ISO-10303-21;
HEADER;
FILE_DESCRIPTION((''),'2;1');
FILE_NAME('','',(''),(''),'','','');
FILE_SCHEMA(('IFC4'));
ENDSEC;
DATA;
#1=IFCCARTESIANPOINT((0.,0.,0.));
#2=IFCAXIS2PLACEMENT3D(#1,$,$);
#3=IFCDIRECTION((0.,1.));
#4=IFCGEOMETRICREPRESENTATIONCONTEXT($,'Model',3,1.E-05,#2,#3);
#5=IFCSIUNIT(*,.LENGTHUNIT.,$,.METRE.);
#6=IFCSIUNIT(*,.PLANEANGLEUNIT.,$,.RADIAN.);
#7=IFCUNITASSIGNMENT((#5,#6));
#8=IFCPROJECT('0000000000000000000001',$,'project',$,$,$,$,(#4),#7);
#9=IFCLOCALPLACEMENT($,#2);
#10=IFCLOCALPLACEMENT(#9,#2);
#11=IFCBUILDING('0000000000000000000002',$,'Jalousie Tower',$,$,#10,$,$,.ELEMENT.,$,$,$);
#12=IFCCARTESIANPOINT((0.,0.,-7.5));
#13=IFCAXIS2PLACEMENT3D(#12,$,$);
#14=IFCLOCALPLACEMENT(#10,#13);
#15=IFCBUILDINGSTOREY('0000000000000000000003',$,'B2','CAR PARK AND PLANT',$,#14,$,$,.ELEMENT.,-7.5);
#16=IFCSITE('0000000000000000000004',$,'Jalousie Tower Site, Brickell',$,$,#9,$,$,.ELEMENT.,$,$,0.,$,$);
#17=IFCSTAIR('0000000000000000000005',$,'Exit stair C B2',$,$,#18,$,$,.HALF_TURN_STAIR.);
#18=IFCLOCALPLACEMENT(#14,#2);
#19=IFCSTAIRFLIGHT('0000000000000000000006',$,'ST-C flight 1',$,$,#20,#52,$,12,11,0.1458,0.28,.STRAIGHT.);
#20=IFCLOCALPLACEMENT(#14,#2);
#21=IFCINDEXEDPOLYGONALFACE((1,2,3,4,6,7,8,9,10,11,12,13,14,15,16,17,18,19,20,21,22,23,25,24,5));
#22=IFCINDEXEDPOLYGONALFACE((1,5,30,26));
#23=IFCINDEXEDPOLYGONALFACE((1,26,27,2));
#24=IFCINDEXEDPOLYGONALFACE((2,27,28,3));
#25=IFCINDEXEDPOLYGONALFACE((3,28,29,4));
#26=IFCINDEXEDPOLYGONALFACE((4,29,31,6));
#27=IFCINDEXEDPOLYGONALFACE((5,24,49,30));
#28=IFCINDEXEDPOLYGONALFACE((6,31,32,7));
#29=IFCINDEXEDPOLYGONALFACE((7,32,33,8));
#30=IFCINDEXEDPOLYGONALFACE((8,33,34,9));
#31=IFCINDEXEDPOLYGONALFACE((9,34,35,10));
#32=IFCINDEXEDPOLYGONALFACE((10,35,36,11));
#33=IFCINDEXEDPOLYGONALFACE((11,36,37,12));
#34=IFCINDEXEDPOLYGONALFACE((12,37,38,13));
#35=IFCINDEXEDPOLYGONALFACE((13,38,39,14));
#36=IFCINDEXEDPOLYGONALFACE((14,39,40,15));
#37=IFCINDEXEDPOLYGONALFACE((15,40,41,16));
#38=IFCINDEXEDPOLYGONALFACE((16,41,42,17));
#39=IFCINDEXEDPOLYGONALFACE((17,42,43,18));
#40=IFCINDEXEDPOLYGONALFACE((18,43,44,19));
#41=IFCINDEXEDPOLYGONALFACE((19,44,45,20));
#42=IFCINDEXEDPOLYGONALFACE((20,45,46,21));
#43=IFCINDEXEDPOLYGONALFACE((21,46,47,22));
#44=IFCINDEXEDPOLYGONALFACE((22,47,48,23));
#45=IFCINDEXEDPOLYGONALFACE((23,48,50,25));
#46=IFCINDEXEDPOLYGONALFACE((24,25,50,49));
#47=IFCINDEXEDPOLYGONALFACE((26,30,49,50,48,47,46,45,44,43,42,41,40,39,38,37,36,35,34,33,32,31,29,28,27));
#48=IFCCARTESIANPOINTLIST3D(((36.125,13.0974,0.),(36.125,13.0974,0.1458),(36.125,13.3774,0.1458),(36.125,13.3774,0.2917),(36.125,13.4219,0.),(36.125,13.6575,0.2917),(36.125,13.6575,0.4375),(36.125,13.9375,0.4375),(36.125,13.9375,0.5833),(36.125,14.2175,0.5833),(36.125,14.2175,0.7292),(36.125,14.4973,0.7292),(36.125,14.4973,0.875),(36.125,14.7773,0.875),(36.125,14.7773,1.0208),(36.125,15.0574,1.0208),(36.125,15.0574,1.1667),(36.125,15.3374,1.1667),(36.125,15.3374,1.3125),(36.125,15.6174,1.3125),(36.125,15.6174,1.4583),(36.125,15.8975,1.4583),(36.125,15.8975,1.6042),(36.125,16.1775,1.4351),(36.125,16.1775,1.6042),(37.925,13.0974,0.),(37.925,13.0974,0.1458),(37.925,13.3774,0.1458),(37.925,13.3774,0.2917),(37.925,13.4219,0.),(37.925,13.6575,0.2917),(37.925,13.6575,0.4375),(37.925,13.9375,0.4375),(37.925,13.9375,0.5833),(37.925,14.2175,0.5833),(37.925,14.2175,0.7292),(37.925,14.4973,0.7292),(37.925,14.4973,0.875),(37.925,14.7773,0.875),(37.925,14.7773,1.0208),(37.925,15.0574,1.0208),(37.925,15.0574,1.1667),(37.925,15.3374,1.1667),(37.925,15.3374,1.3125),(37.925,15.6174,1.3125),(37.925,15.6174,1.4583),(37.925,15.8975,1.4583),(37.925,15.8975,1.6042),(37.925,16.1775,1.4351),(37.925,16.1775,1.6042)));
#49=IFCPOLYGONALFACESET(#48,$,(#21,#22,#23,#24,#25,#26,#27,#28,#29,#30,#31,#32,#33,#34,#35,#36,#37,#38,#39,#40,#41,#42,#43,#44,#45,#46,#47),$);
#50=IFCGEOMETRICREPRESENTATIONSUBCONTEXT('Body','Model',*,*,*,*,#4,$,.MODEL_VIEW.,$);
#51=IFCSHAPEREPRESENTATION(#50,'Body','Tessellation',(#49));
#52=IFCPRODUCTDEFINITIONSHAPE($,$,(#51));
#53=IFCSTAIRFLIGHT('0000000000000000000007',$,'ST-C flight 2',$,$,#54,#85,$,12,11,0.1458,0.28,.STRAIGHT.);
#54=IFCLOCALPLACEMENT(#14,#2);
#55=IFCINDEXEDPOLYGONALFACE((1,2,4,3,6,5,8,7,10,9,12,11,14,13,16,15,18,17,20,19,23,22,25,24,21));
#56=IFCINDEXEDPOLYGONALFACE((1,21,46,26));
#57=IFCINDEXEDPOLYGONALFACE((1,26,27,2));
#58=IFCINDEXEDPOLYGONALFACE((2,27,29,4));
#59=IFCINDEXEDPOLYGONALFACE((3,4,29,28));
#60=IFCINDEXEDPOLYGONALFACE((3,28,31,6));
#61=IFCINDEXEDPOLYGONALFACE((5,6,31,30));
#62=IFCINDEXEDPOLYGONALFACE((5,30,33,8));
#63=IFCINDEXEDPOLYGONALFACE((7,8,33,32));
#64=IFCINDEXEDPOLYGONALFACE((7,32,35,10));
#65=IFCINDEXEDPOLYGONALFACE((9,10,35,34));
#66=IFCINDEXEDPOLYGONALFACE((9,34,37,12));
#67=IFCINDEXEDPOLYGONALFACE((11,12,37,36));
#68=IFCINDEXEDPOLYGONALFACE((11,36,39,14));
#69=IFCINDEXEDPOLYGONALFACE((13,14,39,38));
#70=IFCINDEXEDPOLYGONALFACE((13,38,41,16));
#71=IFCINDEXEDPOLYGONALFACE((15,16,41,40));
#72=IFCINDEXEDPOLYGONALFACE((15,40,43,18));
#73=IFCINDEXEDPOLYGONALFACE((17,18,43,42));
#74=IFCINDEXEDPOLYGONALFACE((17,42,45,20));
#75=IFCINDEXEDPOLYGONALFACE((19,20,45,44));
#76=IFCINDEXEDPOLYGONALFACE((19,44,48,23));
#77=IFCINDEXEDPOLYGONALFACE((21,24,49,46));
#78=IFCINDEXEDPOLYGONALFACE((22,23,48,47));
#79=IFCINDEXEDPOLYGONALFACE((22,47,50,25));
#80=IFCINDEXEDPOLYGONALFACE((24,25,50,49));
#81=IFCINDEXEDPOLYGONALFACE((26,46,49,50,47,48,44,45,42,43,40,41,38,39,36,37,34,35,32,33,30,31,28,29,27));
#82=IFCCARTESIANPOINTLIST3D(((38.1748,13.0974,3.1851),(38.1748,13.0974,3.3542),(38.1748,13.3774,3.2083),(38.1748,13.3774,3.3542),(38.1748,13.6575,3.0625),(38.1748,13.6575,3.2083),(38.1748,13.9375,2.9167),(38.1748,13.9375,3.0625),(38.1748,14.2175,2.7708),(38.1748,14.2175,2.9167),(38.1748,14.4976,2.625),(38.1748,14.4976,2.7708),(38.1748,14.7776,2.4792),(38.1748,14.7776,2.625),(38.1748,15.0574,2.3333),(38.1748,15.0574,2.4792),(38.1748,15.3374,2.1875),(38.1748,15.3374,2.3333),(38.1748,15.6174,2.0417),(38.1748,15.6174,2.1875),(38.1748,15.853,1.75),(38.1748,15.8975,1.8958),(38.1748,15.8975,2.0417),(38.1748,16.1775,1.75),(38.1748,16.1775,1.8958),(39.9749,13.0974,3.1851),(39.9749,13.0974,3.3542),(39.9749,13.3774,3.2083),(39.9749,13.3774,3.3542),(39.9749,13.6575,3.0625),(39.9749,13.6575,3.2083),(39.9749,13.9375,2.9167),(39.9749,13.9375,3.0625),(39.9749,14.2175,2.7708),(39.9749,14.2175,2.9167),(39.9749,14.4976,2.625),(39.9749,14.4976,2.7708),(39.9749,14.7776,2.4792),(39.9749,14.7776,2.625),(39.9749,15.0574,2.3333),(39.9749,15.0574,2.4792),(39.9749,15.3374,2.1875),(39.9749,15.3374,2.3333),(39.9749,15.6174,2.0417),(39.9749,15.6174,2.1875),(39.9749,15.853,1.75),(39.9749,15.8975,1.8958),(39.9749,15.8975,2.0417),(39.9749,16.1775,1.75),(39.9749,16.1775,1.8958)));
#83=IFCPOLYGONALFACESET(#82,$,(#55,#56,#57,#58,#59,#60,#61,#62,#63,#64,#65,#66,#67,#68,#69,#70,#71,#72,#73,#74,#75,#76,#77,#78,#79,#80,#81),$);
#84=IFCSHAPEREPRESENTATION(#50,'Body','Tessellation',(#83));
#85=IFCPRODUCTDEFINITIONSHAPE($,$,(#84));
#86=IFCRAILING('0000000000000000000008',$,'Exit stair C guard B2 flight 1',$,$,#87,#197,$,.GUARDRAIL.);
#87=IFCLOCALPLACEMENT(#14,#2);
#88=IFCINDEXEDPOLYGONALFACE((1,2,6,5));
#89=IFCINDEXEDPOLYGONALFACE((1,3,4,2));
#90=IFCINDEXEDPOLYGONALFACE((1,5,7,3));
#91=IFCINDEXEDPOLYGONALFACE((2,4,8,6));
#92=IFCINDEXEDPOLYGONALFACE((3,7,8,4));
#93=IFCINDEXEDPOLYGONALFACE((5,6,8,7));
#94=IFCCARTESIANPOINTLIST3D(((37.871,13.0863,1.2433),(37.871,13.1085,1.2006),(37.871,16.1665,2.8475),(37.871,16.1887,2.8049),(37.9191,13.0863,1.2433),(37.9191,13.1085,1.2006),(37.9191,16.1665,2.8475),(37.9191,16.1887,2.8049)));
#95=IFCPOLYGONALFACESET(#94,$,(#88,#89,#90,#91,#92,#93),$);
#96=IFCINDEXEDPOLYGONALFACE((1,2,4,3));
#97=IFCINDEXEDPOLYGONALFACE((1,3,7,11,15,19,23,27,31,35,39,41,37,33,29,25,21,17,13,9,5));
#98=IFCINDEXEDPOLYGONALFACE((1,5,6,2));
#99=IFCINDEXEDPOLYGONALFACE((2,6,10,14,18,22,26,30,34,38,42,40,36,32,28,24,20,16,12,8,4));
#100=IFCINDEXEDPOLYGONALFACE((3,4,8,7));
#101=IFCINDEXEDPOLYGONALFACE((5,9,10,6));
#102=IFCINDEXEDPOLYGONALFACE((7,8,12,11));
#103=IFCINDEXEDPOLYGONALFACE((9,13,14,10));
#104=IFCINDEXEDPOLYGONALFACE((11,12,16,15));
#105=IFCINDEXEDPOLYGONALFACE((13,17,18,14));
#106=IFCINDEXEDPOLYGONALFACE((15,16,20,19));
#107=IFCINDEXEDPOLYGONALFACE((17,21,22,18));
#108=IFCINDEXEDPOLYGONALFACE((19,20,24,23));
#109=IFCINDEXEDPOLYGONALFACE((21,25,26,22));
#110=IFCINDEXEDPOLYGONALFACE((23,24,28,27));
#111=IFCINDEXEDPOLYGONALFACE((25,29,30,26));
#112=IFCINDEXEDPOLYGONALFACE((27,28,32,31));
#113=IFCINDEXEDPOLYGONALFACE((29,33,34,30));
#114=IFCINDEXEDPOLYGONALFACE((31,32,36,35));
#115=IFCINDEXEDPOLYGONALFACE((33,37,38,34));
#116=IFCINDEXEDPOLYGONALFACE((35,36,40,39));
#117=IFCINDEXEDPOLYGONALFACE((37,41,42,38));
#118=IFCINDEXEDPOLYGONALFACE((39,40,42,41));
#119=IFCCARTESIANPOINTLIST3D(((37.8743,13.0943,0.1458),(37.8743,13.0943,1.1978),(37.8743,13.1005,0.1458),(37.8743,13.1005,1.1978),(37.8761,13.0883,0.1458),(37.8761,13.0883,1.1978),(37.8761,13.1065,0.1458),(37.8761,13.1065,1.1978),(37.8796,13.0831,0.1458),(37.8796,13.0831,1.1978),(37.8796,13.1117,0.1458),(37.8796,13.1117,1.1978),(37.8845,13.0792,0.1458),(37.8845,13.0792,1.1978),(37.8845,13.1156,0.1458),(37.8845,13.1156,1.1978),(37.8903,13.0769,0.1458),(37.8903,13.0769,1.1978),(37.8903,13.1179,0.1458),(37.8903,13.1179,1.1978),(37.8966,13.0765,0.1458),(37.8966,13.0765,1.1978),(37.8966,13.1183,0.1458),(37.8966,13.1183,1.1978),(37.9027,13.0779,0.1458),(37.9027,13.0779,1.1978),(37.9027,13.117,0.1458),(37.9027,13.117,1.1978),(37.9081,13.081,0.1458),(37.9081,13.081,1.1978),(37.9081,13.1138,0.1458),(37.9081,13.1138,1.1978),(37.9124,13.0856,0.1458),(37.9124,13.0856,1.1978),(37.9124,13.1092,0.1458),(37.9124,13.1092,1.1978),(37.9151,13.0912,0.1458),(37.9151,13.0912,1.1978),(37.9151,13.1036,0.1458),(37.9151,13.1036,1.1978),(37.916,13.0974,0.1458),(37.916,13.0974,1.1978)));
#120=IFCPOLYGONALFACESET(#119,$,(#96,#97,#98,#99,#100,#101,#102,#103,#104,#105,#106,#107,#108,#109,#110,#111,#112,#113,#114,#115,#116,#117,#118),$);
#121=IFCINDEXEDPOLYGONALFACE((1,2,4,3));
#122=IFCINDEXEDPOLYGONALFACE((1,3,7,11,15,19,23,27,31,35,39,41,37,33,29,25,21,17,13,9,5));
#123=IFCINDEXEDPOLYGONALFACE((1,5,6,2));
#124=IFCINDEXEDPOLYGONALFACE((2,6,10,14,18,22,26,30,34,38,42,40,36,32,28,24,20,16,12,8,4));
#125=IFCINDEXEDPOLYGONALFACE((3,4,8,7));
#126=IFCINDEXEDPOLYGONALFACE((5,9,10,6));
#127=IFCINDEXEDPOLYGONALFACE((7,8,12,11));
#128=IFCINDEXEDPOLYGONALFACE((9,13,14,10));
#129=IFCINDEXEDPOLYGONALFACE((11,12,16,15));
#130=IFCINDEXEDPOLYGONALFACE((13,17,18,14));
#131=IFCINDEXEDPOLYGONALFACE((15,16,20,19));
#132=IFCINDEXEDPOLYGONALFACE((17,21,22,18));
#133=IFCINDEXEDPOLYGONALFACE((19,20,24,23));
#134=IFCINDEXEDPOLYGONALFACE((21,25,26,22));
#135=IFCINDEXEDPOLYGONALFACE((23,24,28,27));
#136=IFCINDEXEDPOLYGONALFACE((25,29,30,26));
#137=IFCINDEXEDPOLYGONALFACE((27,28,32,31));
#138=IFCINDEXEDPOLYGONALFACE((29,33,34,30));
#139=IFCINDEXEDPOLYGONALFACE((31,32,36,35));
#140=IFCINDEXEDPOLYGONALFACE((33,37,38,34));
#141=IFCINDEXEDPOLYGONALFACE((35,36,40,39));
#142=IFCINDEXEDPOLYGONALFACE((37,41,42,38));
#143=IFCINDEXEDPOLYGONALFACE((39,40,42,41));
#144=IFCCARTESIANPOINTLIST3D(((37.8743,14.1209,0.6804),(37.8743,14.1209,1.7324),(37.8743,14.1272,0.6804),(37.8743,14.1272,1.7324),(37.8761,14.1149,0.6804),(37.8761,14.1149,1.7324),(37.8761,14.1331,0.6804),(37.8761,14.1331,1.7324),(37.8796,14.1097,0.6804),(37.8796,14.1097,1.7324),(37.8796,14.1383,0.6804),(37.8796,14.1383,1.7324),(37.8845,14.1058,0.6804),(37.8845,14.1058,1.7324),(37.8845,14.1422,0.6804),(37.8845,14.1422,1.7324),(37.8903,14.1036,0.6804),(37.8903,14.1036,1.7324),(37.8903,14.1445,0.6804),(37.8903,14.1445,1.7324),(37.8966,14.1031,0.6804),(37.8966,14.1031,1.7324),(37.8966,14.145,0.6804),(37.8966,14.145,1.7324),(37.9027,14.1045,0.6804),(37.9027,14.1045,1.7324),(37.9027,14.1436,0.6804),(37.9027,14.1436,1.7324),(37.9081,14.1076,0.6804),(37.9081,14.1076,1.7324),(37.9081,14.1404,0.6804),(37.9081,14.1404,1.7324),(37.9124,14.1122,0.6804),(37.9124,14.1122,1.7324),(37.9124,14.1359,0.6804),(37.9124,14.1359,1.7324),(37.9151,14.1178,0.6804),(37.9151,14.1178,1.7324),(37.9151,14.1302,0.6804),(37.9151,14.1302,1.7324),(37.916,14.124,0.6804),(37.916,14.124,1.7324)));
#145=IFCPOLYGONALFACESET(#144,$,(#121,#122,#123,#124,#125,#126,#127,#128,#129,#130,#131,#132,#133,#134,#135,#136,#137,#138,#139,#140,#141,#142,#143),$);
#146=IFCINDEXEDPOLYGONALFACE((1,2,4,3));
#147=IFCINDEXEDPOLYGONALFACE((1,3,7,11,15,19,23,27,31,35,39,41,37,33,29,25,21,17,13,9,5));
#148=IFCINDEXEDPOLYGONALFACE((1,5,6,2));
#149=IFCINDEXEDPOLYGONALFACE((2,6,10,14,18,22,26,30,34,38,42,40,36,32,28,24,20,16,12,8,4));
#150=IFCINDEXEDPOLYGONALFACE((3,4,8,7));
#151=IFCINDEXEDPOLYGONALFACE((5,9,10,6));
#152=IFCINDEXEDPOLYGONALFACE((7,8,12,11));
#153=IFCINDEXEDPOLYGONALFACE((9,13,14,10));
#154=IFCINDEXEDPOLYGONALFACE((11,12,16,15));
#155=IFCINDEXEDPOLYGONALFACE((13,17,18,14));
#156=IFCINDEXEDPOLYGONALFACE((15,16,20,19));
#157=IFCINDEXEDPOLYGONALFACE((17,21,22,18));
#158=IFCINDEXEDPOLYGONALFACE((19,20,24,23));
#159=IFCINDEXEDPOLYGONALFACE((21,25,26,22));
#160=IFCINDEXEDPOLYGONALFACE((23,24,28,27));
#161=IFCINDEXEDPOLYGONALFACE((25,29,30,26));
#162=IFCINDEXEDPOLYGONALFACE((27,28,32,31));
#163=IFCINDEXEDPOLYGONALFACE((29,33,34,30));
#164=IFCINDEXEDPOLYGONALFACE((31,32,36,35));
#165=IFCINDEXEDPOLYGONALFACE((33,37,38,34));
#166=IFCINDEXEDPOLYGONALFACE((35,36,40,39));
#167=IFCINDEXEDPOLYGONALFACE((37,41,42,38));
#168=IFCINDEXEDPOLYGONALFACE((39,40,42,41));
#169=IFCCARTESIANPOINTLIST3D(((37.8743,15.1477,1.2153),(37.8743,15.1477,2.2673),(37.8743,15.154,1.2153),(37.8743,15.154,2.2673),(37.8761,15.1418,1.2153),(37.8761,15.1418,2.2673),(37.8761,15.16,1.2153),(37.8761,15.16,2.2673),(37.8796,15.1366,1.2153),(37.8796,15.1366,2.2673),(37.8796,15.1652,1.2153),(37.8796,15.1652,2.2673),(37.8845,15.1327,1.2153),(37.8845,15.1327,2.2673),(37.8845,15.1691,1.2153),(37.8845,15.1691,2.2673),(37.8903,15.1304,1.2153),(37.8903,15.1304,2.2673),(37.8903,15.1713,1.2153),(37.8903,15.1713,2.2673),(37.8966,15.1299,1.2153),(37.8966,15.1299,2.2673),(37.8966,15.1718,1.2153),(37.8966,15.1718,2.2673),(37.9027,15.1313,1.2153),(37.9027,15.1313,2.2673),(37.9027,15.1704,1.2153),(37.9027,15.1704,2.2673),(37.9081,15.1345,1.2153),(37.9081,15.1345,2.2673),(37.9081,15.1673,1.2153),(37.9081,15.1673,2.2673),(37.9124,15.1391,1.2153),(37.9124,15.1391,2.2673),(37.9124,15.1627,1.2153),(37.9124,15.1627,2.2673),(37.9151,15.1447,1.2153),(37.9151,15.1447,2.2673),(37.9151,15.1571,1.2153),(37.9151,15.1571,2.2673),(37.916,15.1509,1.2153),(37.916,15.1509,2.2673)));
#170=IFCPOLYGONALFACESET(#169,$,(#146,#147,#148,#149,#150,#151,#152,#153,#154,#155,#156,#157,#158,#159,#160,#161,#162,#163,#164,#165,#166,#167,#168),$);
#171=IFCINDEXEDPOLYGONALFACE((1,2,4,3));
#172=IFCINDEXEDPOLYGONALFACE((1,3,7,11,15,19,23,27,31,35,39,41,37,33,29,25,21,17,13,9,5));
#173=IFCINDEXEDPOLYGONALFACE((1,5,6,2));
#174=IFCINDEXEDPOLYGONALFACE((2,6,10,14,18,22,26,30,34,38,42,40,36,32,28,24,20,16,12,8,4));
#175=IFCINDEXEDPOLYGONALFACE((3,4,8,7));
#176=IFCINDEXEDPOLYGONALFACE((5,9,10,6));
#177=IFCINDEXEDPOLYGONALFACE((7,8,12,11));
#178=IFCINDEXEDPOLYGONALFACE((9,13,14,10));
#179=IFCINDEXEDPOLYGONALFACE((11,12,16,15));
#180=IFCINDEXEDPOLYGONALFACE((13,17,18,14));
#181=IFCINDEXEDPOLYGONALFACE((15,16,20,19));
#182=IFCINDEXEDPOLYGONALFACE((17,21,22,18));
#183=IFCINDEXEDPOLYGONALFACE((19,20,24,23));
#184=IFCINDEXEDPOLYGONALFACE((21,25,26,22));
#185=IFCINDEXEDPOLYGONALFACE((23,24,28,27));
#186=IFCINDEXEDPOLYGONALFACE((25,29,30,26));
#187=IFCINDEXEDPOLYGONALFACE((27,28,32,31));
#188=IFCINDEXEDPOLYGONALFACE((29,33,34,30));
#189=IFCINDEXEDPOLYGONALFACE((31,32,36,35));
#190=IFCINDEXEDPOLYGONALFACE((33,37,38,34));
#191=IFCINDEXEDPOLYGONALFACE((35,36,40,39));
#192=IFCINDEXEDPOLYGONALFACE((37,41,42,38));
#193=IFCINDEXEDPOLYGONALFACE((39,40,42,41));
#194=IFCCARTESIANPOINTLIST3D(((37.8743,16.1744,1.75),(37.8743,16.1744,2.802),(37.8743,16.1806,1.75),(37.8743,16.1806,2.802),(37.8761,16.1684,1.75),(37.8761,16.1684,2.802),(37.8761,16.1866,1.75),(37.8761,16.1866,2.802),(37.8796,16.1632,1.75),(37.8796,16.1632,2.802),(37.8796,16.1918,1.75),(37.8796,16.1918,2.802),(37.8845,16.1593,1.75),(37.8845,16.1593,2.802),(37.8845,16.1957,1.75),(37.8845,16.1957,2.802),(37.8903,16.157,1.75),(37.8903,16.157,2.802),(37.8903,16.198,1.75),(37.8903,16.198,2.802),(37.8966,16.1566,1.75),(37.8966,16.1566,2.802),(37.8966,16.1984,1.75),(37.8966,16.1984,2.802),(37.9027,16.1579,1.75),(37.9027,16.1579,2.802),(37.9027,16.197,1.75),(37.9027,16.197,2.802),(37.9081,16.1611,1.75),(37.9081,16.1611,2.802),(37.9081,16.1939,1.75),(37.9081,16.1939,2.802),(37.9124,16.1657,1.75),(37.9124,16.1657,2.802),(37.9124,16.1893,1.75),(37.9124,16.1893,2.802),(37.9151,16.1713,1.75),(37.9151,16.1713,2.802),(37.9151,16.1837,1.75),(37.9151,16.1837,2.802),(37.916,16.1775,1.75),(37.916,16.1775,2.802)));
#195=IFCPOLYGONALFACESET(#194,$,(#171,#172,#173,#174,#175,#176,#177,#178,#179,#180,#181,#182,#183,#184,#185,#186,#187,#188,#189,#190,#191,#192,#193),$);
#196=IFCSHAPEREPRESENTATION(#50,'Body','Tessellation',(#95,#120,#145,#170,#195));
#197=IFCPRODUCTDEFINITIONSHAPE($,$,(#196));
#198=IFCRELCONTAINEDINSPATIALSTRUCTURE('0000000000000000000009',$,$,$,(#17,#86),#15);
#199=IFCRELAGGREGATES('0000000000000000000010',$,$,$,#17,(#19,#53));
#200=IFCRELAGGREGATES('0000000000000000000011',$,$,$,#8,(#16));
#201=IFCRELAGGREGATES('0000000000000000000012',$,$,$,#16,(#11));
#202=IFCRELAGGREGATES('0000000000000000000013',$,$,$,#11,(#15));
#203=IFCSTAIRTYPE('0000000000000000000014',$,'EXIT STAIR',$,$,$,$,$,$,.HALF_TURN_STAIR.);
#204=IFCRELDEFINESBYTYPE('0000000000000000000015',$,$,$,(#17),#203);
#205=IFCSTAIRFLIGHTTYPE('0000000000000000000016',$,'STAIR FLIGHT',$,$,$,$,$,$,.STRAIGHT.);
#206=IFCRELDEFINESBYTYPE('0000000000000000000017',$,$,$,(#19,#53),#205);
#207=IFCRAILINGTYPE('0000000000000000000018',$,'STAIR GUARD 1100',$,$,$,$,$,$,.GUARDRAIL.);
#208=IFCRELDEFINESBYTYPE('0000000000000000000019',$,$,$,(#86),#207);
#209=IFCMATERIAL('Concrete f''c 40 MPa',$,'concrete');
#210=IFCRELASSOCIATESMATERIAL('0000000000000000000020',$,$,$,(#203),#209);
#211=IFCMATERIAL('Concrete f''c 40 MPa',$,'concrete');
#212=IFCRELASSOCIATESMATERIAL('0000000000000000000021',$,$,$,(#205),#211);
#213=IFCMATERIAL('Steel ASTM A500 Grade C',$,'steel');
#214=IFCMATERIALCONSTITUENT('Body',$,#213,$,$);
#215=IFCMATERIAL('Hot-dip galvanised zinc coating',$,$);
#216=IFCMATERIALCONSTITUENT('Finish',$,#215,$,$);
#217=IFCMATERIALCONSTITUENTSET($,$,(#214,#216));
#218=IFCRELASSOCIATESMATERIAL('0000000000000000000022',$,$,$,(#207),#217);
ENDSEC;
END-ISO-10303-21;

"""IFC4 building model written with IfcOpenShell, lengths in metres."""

from ifc_helpers import new_model, si_unit, direction, frame, origin, origin_2d, place, context, subcontext, project, spatial, polyline, rectangle, circle, outline, extrude, material, constituent, constituent_set, type_object, element, aggregate, save


model = new_model("IFC4")

# Units and contexts
model_context = context("Model", 3, precision=1e-05, world=origin(), true_north=direction((0.0, 1.0)))
body_context = subcontext(model_context, "Body", "Model", "MODEL_VIEW")
ifc_project = project(units=[si_unit("LENGTHUNIT", "METRE"), si_unit("PLANEANGLEUNIT", "RADIAN")], contexts=[model_context])

# Site, building, storey
site_placement = place(None, origin())
site = spatial("IfcSite", under=ifc_project, at=site_placement, Name="Jalousie Tower Site, Brickell", CompositionType="ELEMENT", RefElevation=0.0)
building_placement = place(site_placement, origin())
building = spatial("IfcBuilding", under=site, at=building_placement, Name="Jalousie Tower", CompositionType="ELEMENT")
storey_placement = place(building_placement, frame((0.0, 0.0, -7.5)))
storey = spatial("IfcBuildingStorey", under=building, at=storey_placement, Name="B2", Description="CAR PARK AND PLANT", CompositionType="ELEMENT", Elevation=-7.5)

# Stair, stair flights
ifc_material_1 = material(Name="Concrete f'c 40 MPa", Category="concrete")
stair_type = type_object("IfcStairType", Name="EXIT STAIR", PredefinedType="HALF_TURN_STAIR", material=ifc_material_1)
stair_placement = place(storey_placement, origin())
stair = element("IfcStair", 1, at=stair_placement, inside=storey, type_object=stair_type, Name="Exit stair C B2", PredefinedType="HALF_TURN_STAIR")
ifc_material_2 = material(Name="Concrete f'c 40 MPa", Category="concrete")
stair_flight_type = type_object("IfcStairFlightType", Name="STAIR FLIGHT", PredefinedType="STRAIGHT", material=ifc_material_2)
stair_flight_1_placement = place(storey_placement, frame((37.0249, 13.0974, 0.0), z_axis=(0.0, 0.0, 1.0), x_axis=(0.0, 1.0, 0.0)))
stair_flight_1 = element("IfcStairFlight", 2, at=stair_flight_1_placement, type_object=stair_flight_type, Name="ST-C flight 1", NumberOfRisers=12, NumberOfTreads=11, PredefinedType="STRAIGHT", RiserHeight=0.1458, TreadLength=0.28, context=body_context, shape_type="SweptSolid", body=[
    extrude(outline(polyline([(0.0, 0.0), (0.0, 0.1458), (0.28, 0.1458), (0.28, 0.2917), (0.5601, 0.2917), (0.5601, 0.4375), (0.8401, 0.4375), (0.8401, 0.5833), (1.1201, 0.5833), (1.1201, 0.7292), (1.3999, 0.7292), (1.3999, 0.875), (1.6799, 0.875), (1.6799, 1.0208), (1.96, 1.0208), (1.96, 1.1667), (2.24, 1.1667), (2.24, 1.3125), (2.52, 1.3125), (2.52, 1.4583), (2.8, 1.4583), (2.8, 1.6042), (3.0801, 1.6042), (3.0801, 1.75), (3.0801, 1.4351), (0.3245, 0.0), (0.0, 0.0)])), frame((0.0, 0.8999, 0.0), z_axis=(0.0, -1.0, 0.0), x_axis=(1.0, 0.0, 0.0)), (0.0, 0.0, 1.0), 1.8),
])
stair_flight_2_placement = place(storey_placement, frame((39.075, 16.1775, 1.75), z_axis=(0.0, 0.0, 1.0), x_axis=(0.0, -1.0, 0.0)))
stair_flight_2 = element("IfcStairFlight", 3, at=stair_flight_2_placement, type_object=stair_flight_type, Name="ST-C flight 2", NumberOfRisers=12, NumberOfTreads=11, PredefinedType="STRAIGHT", RiserHeight=0.1458, TreadLength=0.28, context=body_context, shape_type="SweptSolid", body=[
    extrude(outline(polyline([(0.0, 0.0), (0.0, 0.1458), (0.28, 0.1458), (0.28, 0.2917), (0.5601, 0.2917), (0.5601, 0.4375), (0.8401, 0.4375), (0.8401, 0.5833), (1.1201, 0.5833), (1.1201, 0.7292), (1.3999, 0.7292), (1.3999, 0.875), (1.6799, 0.875), (1.6799, 1.0208), (1.96, 1.0208), (1.96, 1.1667), (2.24, 1.1667), (2.24, 1.3125), (2.52, 1.3125), (2.52, 1.4583), (2.8, 1.4583), (2.8, 1.6042), (3.0801, 1.6042), (3.0801, 1.75), (3.0801, 1.4351), (0.3245, 0.0), (0.0, 0.0)])), frame((0.0, 0.8999, 0.0), z_axis=(0.0, -1.0, 0.0), x_axis=(1.0, 0.0, 0.0)), (0.0, 0.0, 1.0), 1.8),
])
aggregate(stair, [stair_flight_1, stair_flight_2])

# Railing
ifc_material_3 = material(Name="Steel ASTM A500 Grade C", Category="steel")
ifc_constituent_1 = constituent(ifc_material_3, Name="Body")
ifc_material_4 = material(Name="Hot-dip galvanised zinc coating")
ifc_constituent_2 = constituent(ifc_material_4, Name="Finish")
ifc_constituent_set_1 = constituent_set(constituents=[ifc_constituent_1, ifc_constituent_2])
railing_type_1 = type_object("IfcRailingType", Name="STAIR GUARD 1100", PredefinedType="GUARDRAIL", material=ifc_constituent_set_1)
railing_1_placement = place(storey_placement, frame((37.895, 13.0974, 0.1458)))
element("IfcRailing", 4, at=railing_1_placement, inside=storey, type_object=railing_type_1, Name="Exit stair C guard B2 flight 1", PredefinedType="GUARDRAIL", context=body_context, shape_type="SweptSolid", body=[
    extrude(rectangle(XDim=0.0481, YDim=0.0481, at=origin_2d()), frame((0.0, 0.0, 1.0762), z_axis=(0.0, 0.886909, 0.461944), x_axis=(-1.0, 0.0, 0.0)), (0.0, 0.0, 1.0), 3.4729),
    extrude(circle(Radius=0.021, at=origin_2d()), origin(), (0.0, 0.0, 1.0), 1.052),
    extrude(circle(Radius=0.021, at=origin_2d()), frame((0.0, 1.0266, 0.5347)), (0.0, 0.0, 1.0), 1.052),
    extrude(circle(Radius=0.021, at=origin_2d()), frame((0.0, 2.0535, 1.0696)), (0.0, 0.0, 1.0), 1.052),
    extrude(circle(Radius=0.021, at=origin_2d()), frame((0.0, 3.0801, 1.6042)), (0.0, 0.0, 1.0), 1.052),
])

save(model, "model.ifc")
